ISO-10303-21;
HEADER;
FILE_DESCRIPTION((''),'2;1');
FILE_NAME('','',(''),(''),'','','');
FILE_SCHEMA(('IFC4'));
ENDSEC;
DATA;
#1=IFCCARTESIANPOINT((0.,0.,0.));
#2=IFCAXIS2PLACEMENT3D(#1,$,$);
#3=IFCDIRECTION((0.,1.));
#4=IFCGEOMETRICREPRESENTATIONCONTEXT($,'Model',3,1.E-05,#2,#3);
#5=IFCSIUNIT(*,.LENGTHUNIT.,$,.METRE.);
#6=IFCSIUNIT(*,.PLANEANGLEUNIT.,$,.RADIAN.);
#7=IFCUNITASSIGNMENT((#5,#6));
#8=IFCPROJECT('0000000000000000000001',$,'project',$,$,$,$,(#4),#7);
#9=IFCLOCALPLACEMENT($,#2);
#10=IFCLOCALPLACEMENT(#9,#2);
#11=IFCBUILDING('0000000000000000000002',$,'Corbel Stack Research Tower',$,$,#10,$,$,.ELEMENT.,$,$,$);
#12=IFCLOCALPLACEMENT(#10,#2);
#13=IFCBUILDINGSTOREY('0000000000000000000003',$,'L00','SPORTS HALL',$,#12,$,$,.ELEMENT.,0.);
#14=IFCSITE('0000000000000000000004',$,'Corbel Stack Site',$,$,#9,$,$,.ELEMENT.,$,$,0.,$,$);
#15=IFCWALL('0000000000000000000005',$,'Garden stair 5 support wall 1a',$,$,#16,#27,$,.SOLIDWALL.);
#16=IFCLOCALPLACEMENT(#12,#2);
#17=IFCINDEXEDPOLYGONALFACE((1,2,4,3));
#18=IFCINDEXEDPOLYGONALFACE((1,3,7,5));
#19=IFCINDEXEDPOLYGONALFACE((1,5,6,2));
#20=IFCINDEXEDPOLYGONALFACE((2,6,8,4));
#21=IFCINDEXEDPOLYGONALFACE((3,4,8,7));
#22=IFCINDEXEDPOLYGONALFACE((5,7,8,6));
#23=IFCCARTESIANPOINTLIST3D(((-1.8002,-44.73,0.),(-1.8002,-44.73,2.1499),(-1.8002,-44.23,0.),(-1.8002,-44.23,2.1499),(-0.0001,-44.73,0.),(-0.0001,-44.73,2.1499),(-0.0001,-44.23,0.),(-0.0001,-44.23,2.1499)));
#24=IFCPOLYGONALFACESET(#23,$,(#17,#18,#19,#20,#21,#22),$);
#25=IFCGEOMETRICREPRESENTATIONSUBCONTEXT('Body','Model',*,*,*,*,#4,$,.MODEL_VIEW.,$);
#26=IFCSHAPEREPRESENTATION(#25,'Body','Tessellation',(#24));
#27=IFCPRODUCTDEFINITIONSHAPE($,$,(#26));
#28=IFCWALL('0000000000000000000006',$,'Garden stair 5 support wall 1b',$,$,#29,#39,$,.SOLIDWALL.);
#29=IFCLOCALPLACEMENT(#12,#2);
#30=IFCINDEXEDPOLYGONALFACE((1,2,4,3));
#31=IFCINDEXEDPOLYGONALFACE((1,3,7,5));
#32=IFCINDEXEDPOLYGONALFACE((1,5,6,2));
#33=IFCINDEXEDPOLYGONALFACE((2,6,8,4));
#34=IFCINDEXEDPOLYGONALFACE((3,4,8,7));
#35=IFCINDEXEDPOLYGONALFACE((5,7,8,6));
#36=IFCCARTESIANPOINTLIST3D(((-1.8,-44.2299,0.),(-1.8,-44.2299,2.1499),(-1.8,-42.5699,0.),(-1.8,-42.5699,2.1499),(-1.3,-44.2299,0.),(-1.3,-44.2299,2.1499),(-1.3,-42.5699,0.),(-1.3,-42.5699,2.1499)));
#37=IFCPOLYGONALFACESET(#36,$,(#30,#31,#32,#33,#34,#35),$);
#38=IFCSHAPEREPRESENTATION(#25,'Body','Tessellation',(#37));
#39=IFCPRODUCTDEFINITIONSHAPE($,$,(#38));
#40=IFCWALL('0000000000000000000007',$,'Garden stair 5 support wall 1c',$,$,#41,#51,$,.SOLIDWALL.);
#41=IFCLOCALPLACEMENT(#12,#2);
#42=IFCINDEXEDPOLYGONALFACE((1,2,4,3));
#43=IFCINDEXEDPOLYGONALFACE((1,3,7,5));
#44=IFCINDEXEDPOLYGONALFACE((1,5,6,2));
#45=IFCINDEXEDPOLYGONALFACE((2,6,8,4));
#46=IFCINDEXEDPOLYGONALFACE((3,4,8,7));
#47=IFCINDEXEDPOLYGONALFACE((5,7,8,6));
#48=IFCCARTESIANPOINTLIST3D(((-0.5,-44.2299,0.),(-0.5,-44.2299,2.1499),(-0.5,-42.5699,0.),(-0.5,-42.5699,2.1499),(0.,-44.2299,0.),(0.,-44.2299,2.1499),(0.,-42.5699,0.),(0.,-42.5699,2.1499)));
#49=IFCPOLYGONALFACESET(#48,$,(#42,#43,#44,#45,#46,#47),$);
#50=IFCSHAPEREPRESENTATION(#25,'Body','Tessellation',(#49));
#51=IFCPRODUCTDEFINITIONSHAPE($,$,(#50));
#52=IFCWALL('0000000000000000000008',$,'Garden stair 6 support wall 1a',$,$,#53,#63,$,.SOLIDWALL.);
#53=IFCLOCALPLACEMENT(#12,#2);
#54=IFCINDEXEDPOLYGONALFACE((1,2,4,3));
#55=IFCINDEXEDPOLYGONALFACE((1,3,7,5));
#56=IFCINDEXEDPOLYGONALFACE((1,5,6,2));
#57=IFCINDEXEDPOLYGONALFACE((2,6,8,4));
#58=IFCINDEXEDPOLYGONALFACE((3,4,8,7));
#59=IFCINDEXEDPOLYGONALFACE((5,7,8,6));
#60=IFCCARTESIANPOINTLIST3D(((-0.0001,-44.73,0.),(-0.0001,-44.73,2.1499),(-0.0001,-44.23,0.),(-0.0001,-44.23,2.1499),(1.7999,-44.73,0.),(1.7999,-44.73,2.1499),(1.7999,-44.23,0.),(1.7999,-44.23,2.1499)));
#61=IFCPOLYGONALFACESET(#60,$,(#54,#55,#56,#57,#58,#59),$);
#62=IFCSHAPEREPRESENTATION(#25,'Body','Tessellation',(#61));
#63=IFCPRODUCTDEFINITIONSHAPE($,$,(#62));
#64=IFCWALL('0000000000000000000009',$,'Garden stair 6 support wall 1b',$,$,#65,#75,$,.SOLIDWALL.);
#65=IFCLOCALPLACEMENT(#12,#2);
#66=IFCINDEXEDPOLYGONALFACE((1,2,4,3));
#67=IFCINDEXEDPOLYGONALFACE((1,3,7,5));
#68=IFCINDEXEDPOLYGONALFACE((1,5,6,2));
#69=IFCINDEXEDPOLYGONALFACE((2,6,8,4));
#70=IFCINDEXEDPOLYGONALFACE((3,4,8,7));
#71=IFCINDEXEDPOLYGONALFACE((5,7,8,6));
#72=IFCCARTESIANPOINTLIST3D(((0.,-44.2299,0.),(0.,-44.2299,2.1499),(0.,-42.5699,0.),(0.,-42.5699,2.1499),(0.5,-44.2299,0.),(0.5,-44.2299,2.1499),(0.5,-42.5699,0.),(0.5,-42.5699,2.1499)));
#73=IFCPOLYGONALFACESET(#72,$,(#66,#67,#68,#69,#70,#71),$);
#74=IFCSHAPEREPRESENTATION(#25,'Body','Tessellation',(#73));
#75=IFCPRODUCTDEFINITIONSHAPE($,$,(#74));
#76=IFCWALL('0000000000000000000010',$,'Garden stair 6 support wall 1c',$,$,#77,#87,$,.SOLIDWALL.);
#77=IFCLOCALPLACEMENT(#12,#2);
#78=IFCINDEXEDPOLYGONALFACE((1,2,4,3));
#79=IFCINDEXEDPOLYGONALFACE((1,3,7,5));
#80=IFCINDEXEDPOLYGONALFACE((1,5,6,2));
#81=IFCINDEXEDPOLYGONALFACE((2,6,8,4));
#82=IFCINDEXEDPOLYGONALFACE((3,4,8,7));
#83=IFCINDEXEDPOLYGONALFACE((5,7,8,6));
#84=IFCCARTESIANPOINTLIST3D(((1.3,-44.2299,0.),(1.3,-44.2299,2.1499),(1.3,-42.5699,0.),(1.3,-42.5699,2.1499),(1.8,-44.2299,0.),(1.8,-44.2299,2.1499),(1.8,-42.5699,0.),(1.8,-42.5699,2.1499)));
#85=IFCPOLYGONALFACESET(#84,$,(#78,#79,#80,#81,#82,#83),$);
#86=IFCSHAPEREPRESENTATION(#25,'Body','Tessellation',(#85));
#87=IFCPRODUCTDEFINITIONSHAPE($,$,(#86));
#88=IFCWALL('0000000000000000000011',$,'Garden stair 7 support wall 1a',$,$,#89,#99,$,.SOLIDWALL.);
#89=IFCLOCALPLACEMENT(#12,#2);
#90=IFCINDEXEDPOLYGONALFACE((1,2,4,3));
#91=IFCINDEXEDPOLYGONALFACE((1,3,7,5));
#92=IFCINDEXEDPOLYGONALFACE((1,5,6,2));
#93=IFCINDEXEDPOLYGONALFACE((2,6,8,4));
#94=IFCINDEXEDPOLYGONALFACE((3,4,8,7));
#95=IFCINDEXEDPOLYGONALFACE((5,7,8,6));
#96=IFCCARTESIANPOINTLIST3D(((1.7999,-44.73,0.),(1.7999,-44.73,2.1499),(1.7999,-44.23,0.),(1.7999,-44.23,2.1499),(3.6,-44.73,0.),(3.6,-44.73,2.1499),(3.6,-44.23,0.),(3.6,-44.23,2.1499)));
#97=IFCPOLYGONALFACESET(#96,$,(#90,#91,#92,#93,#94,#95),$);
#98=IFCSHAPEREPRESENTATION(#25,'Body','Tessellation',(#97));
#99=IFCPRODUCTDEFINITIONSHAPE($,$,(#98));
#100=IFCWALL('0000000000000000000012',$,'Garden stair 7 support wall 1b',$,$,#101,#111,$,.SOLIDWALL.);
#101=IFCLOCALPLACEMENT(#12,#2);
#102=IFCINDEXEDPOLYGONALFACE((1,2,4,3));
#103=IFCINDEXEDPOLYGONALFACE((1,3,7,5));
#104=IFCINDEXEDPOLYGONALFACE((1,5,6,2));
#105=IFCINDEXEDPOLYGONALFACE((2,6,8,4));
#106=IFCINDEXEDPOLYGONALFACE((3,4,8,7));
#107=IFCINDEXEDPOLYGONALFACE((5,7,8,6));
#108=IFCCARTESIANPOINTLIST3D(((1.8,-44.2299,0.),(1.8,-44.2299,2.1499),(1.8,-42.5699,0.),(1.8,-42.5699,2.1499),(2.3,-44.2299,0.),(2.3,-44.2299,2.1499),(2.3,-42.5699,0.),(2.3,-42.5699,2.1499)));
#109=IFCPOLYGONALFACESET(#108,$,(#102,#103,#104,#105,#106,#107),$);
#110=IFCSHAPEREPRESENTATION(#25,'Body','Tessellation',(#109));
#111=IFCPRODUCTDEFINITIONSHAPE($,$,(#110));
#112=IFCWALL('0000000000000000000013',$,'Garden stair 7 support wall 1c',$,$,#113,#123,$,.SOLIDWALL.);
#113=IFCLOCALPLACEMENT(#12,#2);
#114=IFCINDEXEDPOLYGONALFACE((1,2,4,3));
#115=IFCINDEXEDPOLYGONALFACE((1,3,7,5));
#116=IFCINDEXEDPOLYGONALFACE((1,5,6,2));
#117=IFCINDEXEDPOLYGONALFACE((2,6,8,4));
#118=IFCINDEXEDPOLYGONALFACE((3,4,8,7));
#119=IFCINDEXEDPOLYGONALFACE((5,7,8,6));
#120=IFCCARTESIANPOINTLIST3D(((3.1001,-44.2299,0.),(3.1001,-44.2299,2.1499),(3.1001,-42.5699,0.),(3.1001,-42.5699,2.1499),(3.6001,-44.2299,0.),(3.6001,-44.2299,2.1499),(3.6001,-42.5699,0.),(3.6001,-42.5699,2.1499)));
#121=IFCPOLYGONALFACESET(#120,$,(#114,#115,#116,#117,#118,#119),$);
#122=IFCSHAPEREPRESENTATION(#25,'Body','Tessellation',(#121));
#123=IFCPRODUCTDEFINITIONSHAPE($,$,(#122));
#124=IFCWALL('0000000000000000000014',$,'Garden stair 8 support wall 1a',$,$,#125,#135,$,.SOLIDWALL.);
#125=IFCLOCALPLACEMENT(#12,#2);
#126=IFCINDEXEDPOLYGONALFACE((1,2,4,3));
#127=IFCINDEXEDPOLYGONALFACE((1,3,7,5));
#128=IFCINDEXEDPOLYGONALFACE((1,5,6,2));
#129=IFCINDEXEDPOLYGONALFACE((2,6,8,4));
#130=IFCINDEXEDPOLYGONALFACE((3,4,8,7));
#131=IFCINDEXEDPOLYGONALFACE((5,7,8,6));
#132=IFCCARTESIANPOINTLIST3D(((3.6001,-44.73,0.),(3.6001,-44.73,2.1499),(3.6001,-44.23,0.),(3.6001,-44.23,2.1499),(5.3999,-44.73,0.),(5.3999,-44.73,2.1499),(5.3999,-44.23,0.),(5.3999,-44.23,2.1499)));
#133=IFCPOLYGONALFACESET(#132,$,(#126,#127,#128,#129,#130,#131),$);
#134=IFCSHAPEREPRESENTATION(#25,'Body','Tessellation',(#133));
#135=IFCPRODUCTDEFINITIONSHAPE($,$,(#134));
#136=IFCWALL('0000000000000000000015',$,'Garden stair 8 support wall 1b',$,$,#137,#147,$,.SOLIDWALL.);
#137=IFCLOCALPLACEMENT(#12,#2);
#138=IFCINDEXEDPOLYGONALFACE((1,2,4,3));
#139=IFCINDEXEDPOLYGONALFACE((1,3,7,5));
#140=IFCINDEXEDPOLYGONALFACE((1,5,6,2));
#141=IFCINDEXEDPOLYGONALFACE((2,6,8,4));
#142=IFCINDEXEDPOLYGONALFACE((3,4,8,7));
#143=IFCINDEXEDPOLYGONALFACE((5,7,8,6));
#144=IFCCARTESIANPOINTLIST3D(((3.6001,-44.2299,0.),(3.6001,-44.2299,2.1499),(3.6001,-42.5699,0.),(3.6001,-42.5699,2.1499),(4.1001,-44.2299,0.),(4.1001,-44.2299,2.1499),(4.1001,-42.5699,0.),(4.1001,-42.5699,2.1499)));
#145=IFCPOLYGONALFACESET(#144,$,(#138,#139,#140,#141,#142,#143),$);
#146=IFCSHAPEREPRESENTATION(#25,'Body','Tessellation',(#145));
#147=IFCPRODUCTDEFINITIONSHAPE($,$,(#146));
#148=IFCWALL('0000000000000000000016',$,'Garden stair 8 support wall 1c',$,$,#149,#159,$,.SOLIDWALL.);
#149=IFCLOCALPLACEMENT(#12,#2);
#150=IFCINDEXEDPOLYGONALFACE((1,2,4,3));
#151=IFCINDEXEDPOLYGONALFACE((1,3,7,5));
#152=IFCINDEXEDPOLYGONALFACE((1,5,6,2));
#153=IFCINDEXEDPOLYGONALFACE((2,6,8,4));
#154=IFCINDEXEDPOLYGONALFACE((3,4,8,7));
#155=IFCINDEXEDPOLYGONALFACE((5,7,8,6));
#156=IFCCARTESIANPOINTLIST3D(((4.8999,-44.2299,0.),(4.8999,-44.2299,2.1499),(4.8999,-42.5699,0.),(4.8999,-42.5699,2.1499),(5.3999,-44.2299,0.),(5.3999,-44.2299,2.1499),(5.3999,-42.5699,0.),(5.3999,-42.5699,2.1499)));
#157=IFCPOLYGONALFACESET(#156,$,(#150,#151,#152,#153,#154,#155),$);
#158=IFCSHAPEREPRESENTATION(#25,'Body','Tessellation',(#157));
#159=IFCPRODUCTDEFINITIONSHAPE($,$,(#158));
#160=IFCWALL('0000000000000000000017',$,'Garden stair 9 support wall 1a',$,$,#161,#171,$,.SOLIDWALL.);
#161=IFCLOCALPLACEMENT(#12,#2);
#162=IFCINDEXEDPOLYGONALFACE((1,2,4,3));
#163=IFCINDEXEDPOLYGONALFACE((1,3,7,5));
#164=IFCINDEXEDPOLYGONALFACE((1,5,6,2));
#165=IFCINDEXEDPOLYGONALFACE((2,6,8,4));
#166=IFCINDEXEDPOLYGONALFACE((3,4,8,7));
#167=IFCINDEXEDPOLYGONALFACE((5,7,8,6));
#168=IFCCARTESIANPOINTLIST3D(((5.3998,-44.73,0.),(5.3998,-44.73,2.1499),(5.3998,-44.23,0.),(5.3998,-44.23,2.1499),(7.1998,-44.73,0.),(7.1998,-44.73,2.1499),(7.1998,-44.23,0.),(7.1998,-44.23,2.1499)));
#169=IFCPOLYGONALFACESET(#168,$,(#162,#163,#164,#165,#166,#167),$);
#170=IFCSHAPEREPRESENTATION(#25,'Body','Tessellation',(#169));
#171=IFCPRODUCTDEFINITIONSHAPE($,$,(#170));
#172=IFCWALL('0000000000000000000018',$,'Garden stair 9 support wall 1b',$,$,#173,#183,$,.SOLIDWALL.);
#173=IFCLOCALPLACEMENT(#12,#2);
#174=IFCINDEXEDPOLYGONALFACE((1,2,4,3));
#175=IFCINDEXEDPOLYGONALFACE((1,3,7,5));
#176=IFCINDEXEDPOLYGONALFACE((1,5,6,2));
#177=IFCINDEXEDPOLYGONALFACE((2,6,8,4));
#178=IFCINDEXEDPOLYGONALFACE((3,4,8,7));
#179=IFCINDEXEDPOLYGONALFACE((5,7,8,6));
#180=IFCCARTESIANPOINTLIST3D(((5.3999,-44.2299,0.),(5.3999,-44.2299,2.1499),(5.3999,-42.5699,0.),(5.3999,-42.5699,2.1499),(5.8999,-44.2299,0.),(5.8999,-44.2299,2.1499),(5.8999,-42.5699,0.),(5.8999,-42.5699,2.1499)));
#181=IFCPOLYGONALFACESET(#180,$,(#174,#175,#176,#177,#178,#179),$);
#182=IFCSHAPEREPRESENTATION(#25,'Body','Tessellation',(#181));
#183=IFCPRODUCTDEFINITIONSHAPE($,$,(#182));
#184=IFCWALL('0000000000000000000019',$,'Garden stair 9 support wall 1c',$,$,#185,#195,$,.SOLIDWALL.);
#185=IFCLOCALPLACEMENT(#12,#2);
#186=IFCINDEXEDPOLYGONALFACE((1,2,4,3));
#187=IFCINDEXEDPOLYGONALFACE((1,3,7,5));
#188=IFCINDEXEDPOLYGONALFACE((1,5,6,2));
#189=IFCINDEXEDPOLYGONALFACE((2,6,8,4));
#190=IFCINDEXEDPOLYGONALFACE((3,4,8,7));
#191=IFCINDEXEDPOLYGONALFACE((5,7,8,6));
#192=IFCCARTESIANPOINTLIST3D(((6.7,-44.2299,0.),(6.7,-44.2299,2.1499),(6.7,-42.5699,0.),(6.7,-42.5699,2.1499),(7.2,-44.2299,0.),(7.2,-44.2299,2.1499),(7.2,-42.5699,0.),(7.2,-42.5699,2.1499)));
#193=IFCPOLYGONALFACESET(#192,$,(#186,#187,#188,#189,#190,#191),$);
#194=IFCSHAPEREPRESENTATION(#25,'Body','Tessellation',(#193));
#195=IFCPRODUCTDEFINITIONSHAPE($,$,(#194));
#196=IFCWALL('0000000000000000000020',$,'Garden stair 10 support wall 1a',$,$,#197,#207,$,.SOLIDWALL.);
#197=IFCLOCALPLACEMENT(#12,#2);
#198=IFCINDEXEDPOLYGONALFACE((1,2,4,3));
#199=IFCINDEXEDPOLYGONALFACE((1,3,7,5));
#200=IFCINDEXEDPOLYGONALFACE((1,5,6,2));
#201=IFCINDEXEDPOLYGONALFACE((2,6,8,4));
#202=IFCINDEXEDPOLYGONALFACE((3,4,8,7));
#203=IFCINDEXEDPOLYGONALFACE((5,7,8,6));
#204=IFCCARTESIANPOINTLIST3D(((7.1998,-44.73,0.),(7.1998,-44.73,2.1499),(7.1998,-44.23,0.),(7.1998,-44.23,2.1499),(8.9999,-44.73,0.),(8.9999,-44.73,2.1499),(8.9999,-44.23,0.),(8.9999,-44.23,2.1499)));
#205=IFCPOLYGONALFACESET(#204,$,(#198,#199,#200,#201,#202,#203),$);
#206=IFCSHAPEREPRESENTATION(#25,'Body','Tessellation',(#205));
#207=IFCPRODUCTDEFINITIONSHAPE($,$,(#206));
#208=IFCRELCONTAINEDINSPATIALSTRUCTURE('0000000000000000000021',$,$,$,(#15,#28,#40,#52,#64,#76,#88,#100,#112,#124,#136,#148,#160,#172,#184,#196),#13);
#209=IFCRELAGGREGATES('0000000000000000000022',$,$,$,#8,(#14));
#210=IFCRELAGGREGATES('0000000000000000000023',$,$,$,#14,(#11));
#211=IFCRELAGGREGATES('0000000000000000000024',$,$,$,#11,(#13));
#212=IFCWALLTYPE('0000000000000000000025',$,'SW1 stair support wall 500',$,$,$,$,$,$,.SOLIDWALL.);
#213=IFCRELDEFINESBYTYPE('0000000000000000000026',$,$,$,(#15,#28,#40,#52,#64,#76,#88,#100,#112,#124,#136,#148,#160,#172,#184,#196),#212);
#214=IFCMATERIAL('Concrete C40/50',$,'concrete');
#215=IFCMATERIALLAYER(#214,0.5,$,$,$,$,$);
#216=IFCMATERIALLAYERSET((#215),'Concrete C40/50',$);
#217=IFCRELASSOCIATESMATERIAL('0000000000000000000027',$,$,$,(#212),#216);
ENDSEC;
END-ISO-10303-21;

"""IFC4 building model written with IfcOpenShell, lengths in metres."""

from ifc_helpers import new_model, si_unit, direction, frame, frame_2d, origin, place, context, subcontext, project, spatial, rectangle, extrude, material, layer, layer_set, type_object, element, save


model = new_model("IFC4")

# Units and contexts
model_context = context("Model", 3, precision=1e-05, world=origin(), true_north=direction((0.0, 1.0)))
body_context = subcontext(model_context, "Body", "Model", "MODEL_VIEW")
ifc_project = project(units=[si_unit("LENGTHUNIT", "METRE"), si_unit("PLANEANGLEUNIT", "RADIAN")], contexts=[model_context])

# Site, building, storey
site_placement = place(None, origin())
site = spatial("IfcSite", under=ifc_project, at=site_placement, Name="Corbel Stack Site", CompositionType="ELEMENT", RefElevation=0.0)
building_placement = place(site_placement, origin())
building = spatial("IfcBuilding", under=site, at=building_placement, Name="Corbel Stack Research Tower", CompositionType="ELEMENT")
storey_placement = place(building_placement, origin())
storey = spatial("IfcBuildingStorey", under=building, at=storey_placement, Name="L00", Description="SPORTS HALL", CompositionType="ELEMENT", Elevation=0.0)

# Walls
ifc_material_1 = material(Name="Concrete C40/50", Category="concrete")
ifc_layer = layer(ifc_material_1, 0.5)
ifc_layer_set = layer_set([ifc_layer], Name="Concrete C40/50")
wall_type = type_object("IfcWallType", Name="SW1 stair support wall 500", PredefinedType="SOLIDWALL", material=ifc_layer_set)
wall_1_placement = place(storey_placement, frame((-1.8, -44.48, 0.0), z_axis=(0.0, 0.0, 1.0), x_axis=(1.0, 0.0, 0.0)))
element("IfcWall", 1, at=wall_1_placement, inside=storey, type_object=wall_type, Name="Garden stair 5 support wall 1a", PredefinedType="SOLIDWALL", context=body_context, shape_type="SweptSolid", body=[
    extrude(rectangle(XDim=1.8, YDim=0.5, at=frame_2d((0.8999, 0.0))), origin(), (0.0, 0.0, 1.0), 2.1499),
])
for number, where, z_axis, x_axis, name in (
    (2, (-1.55, -44.23, 0.0), (0.0, 0.0, 1.0), (0.0, 1.0, 0.0), "Garden stair 5 support wall 1b"),
    (3, (-0.25, -44.23, 0.0), (0.0, 0.0, 1.0), (0.0, 1.0, 0.0), "Garden stair 5 support wall 1c"),
):
    element("IfcWall", number, at=place(storey_placement, frame(where, z_axis=z_axis, x_axis=x_axis)), inside=storey, type_object=wall_type, Name=name, PredefinedType="SOLIDWALL", context=body_context, shape_type="SweptSolid", body=[
        extrude(rectangle(XDim=1.6599, YDim=0.5, at=frame_2d((0.8301, 0.0))), origin(), (0.0, 0.0, 1.0), 2.1499),
    ])
wall_2_placement = place(storey_placement, frame((0.0, -44.48, 0.0), z_axis=(0.0, 0.0, 1.0), x_axis=(1.0, 0.0, 0.0)))
element("IfcWall", 4, at=wall_2_placement, inside=storey, type_object=wall_type, Name="Garden stair 6 support wall 1a", PredefinedType="SOLIDWALL", context=body_context, shape_type="SweptSolid", body=[
    extrude(rectangle(XDim=1.8, YDim=0.5, at=frame_2d((0.8999, 0.0))), origin(), (0.0, 0.0, 1.0), 2.1499),
])
for number, where, z_axis, x_axis, name in (
    (5, (0.25, -44.23, 0.0), (0.0, 0.0, 1.0), (0.0, 1.0, 0.0), "Garden stair 6 support wall 1b"),
    (6, (1.55, -44.23, 0.0), (0.0, 0.0, 1.0), (0.0, 1.0, 0.0), "Garden stair 6 support wall 1c"),
):
    element("IfcWall", number, at=place(storey_placement, frame(where, z_axis=z_axis, x_axis=x_axis)), inside=storey, type_object=wall_type, Name=name, PredefinedType="SOLIDWALL", context=body_context, shape_type="SweptSolid", body=[
        extrude(rectangle(XDim=1.6599, YDim=0.5, at=frame_2d((0.8301, 0.0))), origin(), (0.0, 0.0, 1.0), 2.1499),
    ])
wall_3_placement = place(storey_placement, frame((1.8, -44.48, 0.0), z_axis=(0.0, 0.0, 1.0), x_axis=(1.0, 0.0, 0.0)))
element("IfcWall", 7, at=wall_3_placement, inside=storey, type_object=wall_type, Name="Garden stair 7 support wall 1a", PredefinedType="SOLIDWALL", context=body_context, shape_type="SweptSolid", body=[
    extrude(rectangle(XDim=1.8, YDim=0.5, at=frame_2d((0.8999, 0.0))), origin(), (0.0, 0.0, 1.0), 2.1499),
])
for number, where, z_axis, x_axis, name in (
    (8, (2.05, -44.23, 0.0), (0.0, 0.0, 1.0), (0.0, 1.0, 0.0), "Garden stair 7 support wall 1b"),
    (9, (3.3501, -44.23, 0.0), (0.0, 0.0, 1.0), (0.0, 1.0, 0.0), "Garden stair 7 support wall 1c"),
):
    element("IfcWall", number, at=place(storey_placement, frame(where, z_axis=z_axis, x_axis=x_axis)), inside=storey, type_object=wall_type, Name=name, PredefinedType="SOLIDWALL", context=body_context, shape_type="SweptSolid", body=[
        extrude(rectangle(XDim=1.6599, YDim=0.5, at=frame_2d((0.8301, 0.0))), origin(), (0.0, 0.0, 1.0), 2.1499),
    ])
wall_4_placement = place(storey_placement, frame((3.6001, -44.48, 0.0), z_axis=(0.0, 0.0, 1.0), x_axis=(1.0, 0.0, 0.0)))
element("IfcWall", 10, at=wall_4_placement, inside=storey, type_object=wall_type, Name="Garden stair 8 support wall 1a", PredefinedType="SOLIDWALL", context=body_context, shape_type="SweptSolid", body=[
    extrude(rectangle(XDim=1.7998, YDim=0.5, at=frame_2d((0.8999, 0.0))), origin(), (0.0, 0.0, 1.0), 2.1499),
])
for number, where, z_axis, x_axis, name in (
    (11, (3.8501, -44.23, 0.0), (0.0, 0.0, 1.0), (0.0, 1.0, 0.0), "Garden stair 8 support wall 1b"),
    (12, (5.1499, -44.23, 0.0), (0.0, 0.0, 1.0), (0.0, 1.0, 0.0), "Garden stair 8 support wall 1c"),
):
    element("IfcWall", number, at=place(storey_placement, frame(where, z_axis=z_axis, x_axis=x_axis)), inside=storey, type_object=wall_type, Name=name, PredefinedType="SOLIDWALL", context=body_context, shape_type="SweptSolid", body=[
        extrude(rectangle(XDim=1.6599, YDim=0.5, at=frame_2d((0.8301, 0.0))), origin(), (0.0, 0.0, 1.0), 2.1499),
    ])
wall_5_placement = place(storey_placement, frame((5.3999, -44.48, 0.0), z_axis=(0.0, 0.0, 1.0), x_axis=(1.0, 0.0, 0.0)))
element("IfcWall", 13, at=wall_5_placement, inside=storey, type_object=wall_type, Name="Garden stair 9 support wall 1a", PredefinedType="SOLIDWALL", context=body_context, shape_type="SweptSolid", body=[
    extrude(rectangle(XDim=1.8, YDim=0.5, at=frame_2d((0.8999, 0.0))), origin(), (0.0, 0.0, 1.0), 2.1499),
])
for number, where, z_axis, x_axis, name in (
    (14, (5.6499, -44.23, 0.0), (0.0, 0.0, 1.0), (0.0, 1.0, 0.0), "Garden stair 9 support wall 1b"),
    (15, (6.95, -44.23, 0.0), (0.0, 0.0, 1.0), (0.0, 1.0, 0.0), "Garden stair 9 support wall 1c"),
):
    element("IfcWall", number, at=place(storey_placement, frame(where, z_axis=z_axis, x_axis=x_axis)), inside=storey, type_object=wall_type, Name=name, PredefinedType="SOLIDWALL", context=body_context, shape_type="SweptSolid", body=[
        extrude(rectangle(XDim=1.6599, YDim=0.5, at=frame_2d((0.8301, 0.0))), origin(), (0.0, 0.0, 1.0), 2.1499),
    ])
wall_6_placement = place(storey_placement, frame((7.2, -44.48, 0.0), z_axis=(0.0, 0.0, 1.0), x_axis=(1.0, 0.0, 0.0)))
element("IfcWall", 16, at=wall_6_placement, inside=storey, type_object=wall_type, Name="Garden stair 10 support wall 1a", PredefinedType="SOLIDWALL", context=body_context, shape_type="SweptSolid", body=[
    extrude(rectangle(XDim=1.8, YDim=0.5, at=frame_2d((0.8999, 0.0))), origin(), (0.0, 0.0, 1.0), 2.1499),
])

save(model, "model.ifc")
